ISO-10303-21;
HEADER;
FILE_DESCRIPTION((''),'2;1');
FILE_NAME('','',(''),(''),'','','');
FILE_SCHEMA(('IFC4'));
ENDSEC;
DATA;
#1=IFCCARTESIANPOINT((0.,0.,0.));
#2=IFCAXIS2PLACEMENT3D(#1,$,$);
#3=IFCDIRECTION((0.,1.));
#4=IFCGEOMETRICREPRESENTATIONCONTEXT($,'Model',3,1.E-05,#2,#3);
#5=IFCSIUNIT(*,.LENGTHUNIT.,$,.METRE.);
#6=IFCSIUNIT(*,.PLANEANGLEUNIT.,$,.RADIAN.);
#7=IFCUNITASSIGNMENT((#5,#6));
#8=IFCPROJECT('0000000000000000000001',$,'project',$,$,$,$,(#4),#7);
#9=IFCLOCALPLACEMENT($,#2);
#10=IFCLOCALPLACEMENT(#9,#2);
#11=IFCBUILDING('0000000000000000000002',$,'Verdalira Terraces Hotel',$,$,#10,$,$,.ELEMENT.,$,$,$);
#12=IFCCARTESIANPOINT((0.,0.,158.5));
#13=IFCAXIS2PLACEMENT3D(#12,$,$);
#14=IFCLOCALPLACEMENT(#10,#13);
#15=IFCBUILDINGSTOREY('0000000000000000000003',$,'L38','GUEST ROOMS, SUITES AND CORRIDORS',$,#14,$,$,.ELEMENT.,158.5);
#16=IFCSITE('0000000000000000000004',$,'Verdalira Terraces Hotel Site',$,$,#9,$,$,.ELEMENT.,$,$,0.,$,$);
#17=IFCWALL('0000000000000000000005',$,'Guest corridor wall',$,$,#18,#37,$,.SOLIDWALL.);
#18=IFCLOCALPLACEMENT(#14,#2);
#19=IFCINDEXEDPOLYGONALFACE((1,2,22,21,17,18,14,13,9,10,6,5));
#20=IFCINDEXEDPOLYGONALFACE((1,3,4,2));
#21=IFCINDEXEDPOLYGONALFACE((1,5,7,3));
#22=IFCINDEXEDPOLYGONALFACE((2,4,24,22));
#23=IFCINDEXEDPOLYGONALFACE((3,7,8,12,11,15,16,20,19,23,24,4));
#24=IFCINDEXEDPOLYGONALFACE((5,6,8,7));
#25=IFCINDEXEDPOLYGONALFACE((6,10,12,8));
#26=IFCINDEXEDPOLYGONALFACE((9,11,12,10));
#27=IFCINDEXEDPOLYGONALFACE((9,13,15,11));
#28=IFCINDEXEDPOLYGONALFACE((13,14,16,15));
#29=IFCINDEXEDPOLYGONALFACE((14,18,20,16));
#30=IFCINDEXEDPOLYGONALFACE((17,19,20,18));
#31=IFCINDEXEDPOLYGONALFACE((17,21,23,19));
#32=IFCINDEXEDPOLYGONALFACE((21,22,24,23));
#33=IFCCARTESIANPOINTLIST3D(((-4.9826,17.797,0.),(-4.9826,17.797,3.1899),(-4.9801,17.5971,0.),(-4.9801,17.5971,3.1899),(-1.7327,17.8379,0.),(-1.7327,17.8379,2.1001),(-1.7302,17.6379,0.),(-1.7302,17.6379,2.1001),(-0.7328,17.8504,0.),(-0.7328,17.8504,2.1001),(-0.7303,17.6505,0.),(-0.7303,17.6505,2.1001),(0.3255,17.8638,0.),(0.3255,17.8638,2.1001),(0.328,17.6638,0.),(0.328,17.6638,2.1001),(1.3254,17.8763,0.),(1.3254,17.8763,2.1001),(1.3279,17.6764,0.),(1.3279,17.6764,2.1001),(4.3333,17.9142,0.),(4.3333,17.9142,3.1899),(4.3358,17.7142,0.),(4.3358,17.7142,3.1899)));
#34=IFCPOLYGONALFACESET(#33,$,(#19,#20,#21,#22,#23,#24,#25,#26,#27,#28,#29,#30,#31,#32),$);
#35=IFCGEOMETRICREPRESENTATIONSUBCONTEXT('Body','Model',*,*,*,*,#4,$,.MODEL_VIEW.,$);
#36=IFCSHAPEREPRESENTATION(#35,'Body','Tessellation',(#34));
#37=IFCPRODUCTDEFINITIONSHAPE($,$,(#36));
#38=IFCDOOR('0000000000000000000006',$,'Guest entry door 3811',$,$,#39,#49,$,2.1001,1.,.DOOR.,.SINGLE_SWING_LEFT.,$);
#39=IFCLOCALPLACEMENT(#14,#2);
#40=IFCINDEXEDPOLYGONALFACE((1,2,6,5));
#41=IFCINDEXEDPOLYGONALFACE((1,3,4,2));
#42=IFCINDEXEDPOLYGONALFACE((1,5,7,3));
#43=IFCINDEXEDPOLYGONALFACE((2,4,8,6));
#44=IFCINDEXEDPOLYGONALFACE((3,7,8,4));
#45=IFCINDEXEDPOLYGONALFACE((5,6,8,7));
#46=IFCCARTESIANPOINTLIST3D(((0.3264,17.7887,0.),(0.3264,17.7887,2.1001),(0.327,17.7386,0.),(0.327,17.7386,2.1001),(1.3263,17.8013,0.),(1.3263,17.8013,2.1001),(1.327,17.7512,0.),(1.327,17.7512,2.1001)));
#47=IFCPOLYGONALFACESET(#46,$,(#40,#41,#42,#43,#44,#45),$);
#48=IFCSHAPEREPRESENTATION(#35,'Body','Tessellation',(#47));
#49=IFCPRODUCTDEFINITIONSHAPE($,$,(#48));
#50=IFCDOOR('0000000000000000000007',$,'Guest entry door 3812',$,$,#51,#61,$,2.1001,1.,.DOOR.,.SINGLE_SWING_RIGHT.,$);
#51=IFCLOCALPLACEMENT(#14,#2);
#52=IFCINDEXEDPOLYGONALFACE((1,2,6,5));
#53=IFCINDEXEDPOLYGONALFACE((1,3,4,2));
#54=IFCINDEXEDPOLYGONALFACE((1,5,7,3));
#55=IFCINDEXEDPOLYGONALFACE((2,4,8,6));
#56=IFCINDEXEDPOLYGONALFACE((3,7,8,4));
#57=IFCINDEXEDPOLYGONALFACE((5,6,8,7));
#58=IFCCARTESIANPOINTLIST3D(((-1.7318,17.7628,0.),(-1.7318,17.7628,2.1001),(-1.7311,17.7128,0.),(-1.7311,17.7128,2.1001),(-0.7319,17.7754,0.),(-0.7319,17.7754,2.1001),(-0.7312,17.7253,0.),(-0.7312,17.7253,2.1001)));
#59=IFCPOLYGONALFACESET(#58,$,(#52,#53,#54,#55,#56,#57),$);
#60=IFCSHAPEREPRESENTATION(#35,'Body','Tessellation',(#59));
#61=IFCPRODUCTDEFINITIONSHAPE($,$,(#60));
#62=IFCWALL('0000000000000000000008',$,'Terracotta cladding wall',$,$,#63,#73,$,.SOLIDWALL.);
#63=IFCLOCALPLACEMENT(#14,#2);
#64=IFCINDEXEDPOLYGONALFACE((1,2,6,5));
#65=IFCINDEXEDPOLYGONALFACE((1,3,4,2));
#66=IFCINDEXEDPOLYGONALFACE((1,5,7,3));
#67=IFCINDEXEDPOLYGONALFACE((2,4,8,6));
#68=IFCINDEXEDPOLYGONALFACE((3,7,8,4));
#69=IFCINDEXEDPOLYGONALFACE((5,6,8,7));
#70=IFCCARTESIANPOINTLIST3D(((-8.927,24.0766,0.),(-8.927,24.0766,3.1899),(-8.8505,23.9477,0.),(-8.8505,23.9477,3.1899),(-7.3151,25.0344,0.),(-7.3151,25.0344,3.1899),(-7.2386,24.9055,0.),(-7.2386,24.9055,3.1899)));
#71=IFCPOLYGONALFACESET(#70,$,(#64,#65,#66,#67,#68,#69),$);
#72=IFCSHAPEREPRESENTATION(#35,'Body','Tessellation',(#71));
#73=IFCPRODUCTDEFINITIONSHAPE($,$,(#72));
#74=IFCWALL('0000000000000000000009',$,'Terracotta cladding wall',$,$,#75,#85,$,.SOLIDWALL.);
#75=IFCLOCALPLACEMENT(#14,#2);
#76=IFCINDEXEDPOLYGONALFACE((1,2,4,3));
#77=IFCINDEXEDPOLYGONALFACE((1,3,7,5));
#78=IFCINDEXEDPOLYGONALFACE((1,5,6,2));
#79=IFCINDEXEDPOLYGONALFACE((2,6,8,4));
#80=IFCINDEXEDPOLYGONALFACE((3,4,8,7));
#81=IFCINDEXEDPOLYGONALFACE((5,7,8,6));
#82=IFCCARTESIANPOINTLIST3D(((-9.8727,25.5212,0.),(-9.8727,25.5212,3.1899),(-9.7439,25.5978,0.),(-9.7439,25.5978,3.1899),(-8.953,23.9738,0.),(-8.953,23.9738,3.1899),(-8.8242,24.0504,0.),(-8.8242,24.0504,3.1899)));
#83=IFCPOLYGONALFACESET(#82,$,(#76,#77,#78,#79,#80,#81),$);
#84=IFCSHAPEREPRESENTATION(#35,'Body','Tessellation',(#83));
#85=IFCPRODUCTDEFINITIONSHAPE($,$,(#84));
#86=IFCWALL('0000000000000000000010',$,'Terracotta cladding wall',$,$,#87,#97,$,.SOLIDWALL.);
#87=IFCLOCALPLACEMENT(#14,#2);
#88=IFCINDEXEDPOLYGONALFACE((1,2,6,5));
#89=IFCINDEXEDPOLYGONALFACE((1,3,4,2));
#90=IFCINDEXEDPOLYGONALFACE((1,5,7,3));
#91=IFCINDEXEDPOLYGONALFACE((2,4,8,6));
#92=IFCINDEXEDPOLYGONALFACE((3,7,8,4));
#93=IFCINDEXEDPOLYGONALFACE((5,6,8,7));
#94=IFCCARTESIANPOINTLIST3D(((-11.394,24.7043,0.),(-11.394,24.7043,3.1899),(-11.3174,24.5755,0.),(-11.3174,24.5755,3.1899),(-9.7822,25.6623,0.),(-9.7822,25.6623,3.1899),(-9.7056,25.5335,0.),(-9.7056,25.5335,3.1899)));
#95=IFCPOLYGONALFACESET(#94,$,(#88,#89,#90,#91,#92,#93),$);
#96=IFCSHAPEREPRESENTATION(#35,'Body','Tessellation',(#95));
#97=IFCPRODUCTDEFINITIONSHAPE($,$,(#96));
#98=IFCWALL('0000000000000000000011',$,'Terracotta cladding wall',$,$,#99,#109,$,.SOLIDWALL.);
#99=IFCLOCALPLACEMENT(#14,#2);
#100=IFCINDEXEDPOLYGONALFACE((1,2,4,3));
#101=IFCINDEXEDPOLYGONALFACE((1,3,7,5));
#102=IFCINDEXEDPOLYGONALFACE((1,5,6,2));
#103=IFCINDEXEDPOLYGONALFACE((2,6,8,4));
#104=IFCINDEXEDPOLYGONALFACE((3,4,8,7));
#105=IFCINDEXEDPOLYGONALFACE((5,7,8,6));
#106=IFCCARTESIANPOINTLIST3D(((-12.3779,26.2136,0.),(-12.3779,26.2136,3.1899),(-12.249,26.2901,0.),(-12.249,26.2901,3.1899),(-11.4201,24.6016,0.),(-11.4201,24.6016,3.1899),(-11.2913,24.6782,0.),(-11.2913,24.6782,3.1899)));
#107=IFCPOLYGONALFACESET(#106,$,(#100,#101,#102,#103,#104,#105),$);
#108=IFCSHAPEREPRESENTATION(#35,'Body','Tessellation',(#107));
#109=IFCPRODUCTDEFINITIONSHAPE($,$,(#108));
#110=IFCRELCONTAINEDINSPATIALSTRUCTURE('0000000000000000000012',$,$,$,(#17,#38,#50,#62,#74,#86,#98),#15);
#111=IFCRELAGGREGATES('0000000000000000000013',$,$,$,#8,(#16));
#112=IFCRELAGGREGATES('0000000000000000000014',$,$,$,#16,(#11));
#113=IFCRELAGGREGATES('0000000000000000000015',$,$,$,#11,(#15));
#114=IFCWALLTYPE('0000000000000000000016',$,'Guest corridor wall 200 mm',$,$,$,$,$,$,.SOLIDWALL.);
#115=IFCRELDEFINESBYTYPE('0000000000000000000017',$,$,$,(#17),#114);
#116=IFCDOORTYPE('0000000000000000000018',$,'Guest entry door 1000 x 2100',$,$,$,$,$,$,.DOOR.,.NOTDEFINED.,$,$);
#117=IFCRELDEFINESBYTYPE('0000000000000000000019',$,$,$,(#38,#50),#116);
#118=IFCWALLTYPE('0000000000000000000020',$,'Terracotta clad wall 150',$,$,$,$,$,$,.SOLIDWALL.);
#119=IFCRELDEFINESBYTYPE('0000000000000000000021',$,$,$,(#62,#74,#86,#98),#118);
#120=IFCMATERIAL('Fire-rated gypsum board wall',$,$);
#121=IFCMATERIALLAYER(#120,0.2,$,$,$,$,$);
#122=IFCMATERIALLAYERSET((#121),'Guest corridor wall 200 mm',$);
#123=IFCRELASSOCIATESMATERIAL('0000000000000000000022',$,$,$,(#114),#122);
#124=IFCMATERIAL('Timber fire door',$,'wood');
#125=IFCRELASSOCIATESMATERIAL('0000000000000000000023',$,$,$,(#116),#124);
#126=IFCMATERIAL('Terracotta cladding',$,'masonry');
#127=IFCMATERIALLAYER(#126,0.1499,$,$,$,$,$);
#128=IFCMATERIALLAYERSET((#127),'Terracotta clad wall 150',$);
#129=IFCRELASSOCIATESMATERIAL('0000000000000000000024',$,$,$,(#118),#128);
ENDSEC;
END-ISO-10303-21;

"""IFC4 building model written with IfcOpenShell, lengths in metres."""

from ifc_helpers import new_model, si_unit, direction, frame, frame_2d, origin, place, context, subcontext, project, spatial, rectangle, extrude, material, layer, layer_set, type_object, element, fill, save


model = new_model("IFC4")

# Units and contexts
model_context = context("Model", 3, precision=1e-05, world=origin(), true_north=direction((0.0, 1.0)))
body_context = subcontext(model_context, "Body", "Model", "MODEL_VIEW")
ifc_project = project(units=[si_unit("LENGTHUNIT", "METRE"), si_unit("PLANEANGLEUNIT", "RADIAN")], contexts=[model_context])

# Site, building, storey
site_placement = place(None, origin())
site = spatial("IfcSite", under=ifc_project, at=site_placement, Name="Verdalira Terraces Hotel Site", CompositionType="ELEMENT", RefElevation=0.0)
building_placement = place(site_placement, origin())
building = spatial("IfcBuilding", under=site, at=building_placement, Name="Verdalira Terraces Hotel", CompositionType="ELEMENT")
storey_placement = place(building_placement, frame((0.0, 0.0, 158.5)))
storey = spatial("IfcBuildingStorey", under=building, at=storey_placement, Name="L38", Description="GUEST ROOMS, SUITES AND CORRIDORS", CompositionType="ELEMENT", Elevation=158.5)

# Wall, openings, doors
ifc_material_1 = material(Name="Fire-rated gypsum board wall")
ifc_layer_1 = layer(ifc_material_1, 0.2)
ifc_layer_set_1 = layer_set([ifc_layer_1], Name="Guest corridor wall 200 mm")
wall_type_1 = type_object("IfcWallType", Name="Guest corridor wall 200 mm", PredefinedType="SOLIDWALL", material=ifc_layer_set_1)
wall_1_placement = place(storey_placement, frame((-4.9812, 17.697, 0.0), z_axis=(0.0, 0.0, 1.0), x_axis=(0.999921, 0.012578, 0.0)))
wall_1 = element("IfcWall", 1, at=wall_1_placement, inside=storey, type_object=wall_type_1, Name="Guest corridor wall", PredefinedType="SOLIDWALL", context=body_context, shape_type="SweptSolid", body=[
    extrude(rectangle(XDim=9.3166, YDim=0.2, at=frame_2d((4.6582, 0.0))), origin(), (0.0, 0.0, 1.0), 3.1899),
])
opening_1_placement = place(wall_1_placement, frame((5.3083, 0.0, 0.0)))
opening_1 = element("IfcOpeningElement", 2, at=opening_1_placement, cuts=wall_1, PredefinedType="OPENING", context=body_context, shape_type="SweptSolid", body=[
    extrude(rectangle(XDim=1.0, YDim=2.1001, at=frame_2d((0.5, 1.05))), frame((0.0, 0.1099, 0.0), z_axis=(0.0, -1.0, 0.0), x_axis=(1.0, 0.0, 0.0)), (0.0, 0.0, 1.0), 0.22),
])
opening_2_placement = place(wall_1_placement, frame((3.25, 0.0, 0.0)))
opening_2 = element("IfcOpeningElement", 3, at=opening_2_placement, cuts=wall_1, PredefinedType="OPENING", context=body_context, shape_type="SweptSolid", body=[
    extrude(rectangle(XDim=1.0, YDim=2.1001, at=frame_2d((0.5, 1.05))), frame((0.0, 0.1099, 0.0), z_axis=(0.0, -1.0, 0.0), x_axis=(1.0, 0.0, 0.0)), (0.0, 0.0, 1.0), 0.22),
])
ifc_material_2 = material(Name="Timber fire door", Category="wood")
door_type_1 = type_object("IfcDoorType", Name="Guest entry door 1000 x 2100", OperationType="NOTDEFINED", PredefinedType="DOOR", material=ifc_material_2)
door_1_placement = place(opening_1_placement, origin())
door_1 = element("IfcDoor", 4, at=door_1_placement, inside=storey, type_object=door_type_1, Name="Guest entry door 3811", OperationType="SINGLE_SWING_LEFT", OverallHeight=2.1001, OverallWidth=1.0, PredefinedType="DOOR", context=body_context, shape_type="SweptSolid", body=[
    extrude(rectangle(XDim=1.0, YDim=2.1001, at=frame_2d((0.5, 1.05))), frame((0.0, 0.0249, 0.0), z_axis=(0.0, -1.0, 0.0), x_axis=(1.0, 0.0, 0.0)), (0.0, 0.0, 1.0), 0.05),
])
fill(opening_1, door_1)
door_2_placement = place(opening_2_placement, origin())
door_2 = element("IfcDoor", 5, at=door_2_placement, inside=storey, type_object=door_type_1, Name="Guest entry door 3812", OperationType="SINGLE_SWING_RIGHT", OverallHeight=2.1001, OverallWidth=1.0, PredefinedType="DOOR", context=body_context, shape_type="SweptSolid", body=[
    extrude(rectangle(XDim=1.0, YDim=2.1001, at=frame_2d((0.5, 1.05))), frame((0.0, 0.0249, 0.0), z_axis=(0.0, -1.0, 0.0), x_axis=(1.0, 0.0, 0.0)), (0.0, 0.0, 1.0), 0.05),
])
fill(opening_2, door_2)

# Walls
ifc_material_3 = material(Name="Terracotta cladding", Category="masonry")
ifc_layer_2 = layer(ifc_material_3, 0.1499)
ifc_layer_set_2 = layer_set([ifc_layer_2], Name="Terracotta clad wall 150")
wall_type_2 = type_object("IfcWallType", Name="Terracotta clad wall 150", PredefinedType="SOLIDWALL", material=ifc_layer_set_2)
wall_2_placement = place(storey_placement, frame((-7.2769, 24.97, 0.0), z_axis=(0.0, 0.0, 1.0), x_axis=(-0.85968, -0.510834, 0.0)))
element("IfcWall", 6, at=wall_2_placement, inside=storey, type_object=wall_type_2, Name="Terracotta cladding wall", PredefinedType="SOLIDWALL", context=body_context, shape_type="SweptSolid", body=[
    extrude(rectangle(XDim=1.875, YDim=0.1499, at=frame_2d((0.9375, 0.0))), origin(), (0.0, 0.0, 1.0), 3.1899),
])
wall_3_placement = place(storey_placement, frame((-8.8887, 24.0122, 0.0), z_axis=(0.0, 0.0, 1.0), x_axis=(-0.510921, 0.859628, 0.0)))
element("IfcWall", 7, at=wall_3_placement, inside=storey, type_object=wall_type_2, Name="Terracotta cladding wall", PredefinedType="SOLIDWALL", context=body_context, shape_type="SweptSolid", body=[
    extrude(rectangle(XDim=1.8, YDim=0.1499, at=frame_2d((0.8999, 0.0))), origin(), (0.0, 0.0, 1.0), 3.1899),
])
for number, where, z_axis, x_axis, name in (
    (8, (-9.7439, 25.5979, 0.0), (0.0, 0.0, 1.0), (-0.859622, -0.51093, 0.0), "Terracotta cladding wall"),
    (9, (-11.3557, 24.6399, 0.0), (0.0, 0.0, 1.0), (-0.510776, 0.859714, 0.0), "Terracotta cladding wall"),
):
    element("IfcWall", number, at=place(storey_placement, frame(where, z_axis=z_axis, x_axis=x_axis)), inside=storey, type_object=wall_type_2, Name=name, PredefinedType="SOLIDWALL", context=body_context, shape_type="SweptSolid", body=[
        extrude(rectangle(XDim=1.875, YDim=0.1499, at=frame_2d((0.9375, 0.0))), origin(), (0.0, 0.0, 1.0), 3.1899),
    ])

save(model, "model.ifc")
